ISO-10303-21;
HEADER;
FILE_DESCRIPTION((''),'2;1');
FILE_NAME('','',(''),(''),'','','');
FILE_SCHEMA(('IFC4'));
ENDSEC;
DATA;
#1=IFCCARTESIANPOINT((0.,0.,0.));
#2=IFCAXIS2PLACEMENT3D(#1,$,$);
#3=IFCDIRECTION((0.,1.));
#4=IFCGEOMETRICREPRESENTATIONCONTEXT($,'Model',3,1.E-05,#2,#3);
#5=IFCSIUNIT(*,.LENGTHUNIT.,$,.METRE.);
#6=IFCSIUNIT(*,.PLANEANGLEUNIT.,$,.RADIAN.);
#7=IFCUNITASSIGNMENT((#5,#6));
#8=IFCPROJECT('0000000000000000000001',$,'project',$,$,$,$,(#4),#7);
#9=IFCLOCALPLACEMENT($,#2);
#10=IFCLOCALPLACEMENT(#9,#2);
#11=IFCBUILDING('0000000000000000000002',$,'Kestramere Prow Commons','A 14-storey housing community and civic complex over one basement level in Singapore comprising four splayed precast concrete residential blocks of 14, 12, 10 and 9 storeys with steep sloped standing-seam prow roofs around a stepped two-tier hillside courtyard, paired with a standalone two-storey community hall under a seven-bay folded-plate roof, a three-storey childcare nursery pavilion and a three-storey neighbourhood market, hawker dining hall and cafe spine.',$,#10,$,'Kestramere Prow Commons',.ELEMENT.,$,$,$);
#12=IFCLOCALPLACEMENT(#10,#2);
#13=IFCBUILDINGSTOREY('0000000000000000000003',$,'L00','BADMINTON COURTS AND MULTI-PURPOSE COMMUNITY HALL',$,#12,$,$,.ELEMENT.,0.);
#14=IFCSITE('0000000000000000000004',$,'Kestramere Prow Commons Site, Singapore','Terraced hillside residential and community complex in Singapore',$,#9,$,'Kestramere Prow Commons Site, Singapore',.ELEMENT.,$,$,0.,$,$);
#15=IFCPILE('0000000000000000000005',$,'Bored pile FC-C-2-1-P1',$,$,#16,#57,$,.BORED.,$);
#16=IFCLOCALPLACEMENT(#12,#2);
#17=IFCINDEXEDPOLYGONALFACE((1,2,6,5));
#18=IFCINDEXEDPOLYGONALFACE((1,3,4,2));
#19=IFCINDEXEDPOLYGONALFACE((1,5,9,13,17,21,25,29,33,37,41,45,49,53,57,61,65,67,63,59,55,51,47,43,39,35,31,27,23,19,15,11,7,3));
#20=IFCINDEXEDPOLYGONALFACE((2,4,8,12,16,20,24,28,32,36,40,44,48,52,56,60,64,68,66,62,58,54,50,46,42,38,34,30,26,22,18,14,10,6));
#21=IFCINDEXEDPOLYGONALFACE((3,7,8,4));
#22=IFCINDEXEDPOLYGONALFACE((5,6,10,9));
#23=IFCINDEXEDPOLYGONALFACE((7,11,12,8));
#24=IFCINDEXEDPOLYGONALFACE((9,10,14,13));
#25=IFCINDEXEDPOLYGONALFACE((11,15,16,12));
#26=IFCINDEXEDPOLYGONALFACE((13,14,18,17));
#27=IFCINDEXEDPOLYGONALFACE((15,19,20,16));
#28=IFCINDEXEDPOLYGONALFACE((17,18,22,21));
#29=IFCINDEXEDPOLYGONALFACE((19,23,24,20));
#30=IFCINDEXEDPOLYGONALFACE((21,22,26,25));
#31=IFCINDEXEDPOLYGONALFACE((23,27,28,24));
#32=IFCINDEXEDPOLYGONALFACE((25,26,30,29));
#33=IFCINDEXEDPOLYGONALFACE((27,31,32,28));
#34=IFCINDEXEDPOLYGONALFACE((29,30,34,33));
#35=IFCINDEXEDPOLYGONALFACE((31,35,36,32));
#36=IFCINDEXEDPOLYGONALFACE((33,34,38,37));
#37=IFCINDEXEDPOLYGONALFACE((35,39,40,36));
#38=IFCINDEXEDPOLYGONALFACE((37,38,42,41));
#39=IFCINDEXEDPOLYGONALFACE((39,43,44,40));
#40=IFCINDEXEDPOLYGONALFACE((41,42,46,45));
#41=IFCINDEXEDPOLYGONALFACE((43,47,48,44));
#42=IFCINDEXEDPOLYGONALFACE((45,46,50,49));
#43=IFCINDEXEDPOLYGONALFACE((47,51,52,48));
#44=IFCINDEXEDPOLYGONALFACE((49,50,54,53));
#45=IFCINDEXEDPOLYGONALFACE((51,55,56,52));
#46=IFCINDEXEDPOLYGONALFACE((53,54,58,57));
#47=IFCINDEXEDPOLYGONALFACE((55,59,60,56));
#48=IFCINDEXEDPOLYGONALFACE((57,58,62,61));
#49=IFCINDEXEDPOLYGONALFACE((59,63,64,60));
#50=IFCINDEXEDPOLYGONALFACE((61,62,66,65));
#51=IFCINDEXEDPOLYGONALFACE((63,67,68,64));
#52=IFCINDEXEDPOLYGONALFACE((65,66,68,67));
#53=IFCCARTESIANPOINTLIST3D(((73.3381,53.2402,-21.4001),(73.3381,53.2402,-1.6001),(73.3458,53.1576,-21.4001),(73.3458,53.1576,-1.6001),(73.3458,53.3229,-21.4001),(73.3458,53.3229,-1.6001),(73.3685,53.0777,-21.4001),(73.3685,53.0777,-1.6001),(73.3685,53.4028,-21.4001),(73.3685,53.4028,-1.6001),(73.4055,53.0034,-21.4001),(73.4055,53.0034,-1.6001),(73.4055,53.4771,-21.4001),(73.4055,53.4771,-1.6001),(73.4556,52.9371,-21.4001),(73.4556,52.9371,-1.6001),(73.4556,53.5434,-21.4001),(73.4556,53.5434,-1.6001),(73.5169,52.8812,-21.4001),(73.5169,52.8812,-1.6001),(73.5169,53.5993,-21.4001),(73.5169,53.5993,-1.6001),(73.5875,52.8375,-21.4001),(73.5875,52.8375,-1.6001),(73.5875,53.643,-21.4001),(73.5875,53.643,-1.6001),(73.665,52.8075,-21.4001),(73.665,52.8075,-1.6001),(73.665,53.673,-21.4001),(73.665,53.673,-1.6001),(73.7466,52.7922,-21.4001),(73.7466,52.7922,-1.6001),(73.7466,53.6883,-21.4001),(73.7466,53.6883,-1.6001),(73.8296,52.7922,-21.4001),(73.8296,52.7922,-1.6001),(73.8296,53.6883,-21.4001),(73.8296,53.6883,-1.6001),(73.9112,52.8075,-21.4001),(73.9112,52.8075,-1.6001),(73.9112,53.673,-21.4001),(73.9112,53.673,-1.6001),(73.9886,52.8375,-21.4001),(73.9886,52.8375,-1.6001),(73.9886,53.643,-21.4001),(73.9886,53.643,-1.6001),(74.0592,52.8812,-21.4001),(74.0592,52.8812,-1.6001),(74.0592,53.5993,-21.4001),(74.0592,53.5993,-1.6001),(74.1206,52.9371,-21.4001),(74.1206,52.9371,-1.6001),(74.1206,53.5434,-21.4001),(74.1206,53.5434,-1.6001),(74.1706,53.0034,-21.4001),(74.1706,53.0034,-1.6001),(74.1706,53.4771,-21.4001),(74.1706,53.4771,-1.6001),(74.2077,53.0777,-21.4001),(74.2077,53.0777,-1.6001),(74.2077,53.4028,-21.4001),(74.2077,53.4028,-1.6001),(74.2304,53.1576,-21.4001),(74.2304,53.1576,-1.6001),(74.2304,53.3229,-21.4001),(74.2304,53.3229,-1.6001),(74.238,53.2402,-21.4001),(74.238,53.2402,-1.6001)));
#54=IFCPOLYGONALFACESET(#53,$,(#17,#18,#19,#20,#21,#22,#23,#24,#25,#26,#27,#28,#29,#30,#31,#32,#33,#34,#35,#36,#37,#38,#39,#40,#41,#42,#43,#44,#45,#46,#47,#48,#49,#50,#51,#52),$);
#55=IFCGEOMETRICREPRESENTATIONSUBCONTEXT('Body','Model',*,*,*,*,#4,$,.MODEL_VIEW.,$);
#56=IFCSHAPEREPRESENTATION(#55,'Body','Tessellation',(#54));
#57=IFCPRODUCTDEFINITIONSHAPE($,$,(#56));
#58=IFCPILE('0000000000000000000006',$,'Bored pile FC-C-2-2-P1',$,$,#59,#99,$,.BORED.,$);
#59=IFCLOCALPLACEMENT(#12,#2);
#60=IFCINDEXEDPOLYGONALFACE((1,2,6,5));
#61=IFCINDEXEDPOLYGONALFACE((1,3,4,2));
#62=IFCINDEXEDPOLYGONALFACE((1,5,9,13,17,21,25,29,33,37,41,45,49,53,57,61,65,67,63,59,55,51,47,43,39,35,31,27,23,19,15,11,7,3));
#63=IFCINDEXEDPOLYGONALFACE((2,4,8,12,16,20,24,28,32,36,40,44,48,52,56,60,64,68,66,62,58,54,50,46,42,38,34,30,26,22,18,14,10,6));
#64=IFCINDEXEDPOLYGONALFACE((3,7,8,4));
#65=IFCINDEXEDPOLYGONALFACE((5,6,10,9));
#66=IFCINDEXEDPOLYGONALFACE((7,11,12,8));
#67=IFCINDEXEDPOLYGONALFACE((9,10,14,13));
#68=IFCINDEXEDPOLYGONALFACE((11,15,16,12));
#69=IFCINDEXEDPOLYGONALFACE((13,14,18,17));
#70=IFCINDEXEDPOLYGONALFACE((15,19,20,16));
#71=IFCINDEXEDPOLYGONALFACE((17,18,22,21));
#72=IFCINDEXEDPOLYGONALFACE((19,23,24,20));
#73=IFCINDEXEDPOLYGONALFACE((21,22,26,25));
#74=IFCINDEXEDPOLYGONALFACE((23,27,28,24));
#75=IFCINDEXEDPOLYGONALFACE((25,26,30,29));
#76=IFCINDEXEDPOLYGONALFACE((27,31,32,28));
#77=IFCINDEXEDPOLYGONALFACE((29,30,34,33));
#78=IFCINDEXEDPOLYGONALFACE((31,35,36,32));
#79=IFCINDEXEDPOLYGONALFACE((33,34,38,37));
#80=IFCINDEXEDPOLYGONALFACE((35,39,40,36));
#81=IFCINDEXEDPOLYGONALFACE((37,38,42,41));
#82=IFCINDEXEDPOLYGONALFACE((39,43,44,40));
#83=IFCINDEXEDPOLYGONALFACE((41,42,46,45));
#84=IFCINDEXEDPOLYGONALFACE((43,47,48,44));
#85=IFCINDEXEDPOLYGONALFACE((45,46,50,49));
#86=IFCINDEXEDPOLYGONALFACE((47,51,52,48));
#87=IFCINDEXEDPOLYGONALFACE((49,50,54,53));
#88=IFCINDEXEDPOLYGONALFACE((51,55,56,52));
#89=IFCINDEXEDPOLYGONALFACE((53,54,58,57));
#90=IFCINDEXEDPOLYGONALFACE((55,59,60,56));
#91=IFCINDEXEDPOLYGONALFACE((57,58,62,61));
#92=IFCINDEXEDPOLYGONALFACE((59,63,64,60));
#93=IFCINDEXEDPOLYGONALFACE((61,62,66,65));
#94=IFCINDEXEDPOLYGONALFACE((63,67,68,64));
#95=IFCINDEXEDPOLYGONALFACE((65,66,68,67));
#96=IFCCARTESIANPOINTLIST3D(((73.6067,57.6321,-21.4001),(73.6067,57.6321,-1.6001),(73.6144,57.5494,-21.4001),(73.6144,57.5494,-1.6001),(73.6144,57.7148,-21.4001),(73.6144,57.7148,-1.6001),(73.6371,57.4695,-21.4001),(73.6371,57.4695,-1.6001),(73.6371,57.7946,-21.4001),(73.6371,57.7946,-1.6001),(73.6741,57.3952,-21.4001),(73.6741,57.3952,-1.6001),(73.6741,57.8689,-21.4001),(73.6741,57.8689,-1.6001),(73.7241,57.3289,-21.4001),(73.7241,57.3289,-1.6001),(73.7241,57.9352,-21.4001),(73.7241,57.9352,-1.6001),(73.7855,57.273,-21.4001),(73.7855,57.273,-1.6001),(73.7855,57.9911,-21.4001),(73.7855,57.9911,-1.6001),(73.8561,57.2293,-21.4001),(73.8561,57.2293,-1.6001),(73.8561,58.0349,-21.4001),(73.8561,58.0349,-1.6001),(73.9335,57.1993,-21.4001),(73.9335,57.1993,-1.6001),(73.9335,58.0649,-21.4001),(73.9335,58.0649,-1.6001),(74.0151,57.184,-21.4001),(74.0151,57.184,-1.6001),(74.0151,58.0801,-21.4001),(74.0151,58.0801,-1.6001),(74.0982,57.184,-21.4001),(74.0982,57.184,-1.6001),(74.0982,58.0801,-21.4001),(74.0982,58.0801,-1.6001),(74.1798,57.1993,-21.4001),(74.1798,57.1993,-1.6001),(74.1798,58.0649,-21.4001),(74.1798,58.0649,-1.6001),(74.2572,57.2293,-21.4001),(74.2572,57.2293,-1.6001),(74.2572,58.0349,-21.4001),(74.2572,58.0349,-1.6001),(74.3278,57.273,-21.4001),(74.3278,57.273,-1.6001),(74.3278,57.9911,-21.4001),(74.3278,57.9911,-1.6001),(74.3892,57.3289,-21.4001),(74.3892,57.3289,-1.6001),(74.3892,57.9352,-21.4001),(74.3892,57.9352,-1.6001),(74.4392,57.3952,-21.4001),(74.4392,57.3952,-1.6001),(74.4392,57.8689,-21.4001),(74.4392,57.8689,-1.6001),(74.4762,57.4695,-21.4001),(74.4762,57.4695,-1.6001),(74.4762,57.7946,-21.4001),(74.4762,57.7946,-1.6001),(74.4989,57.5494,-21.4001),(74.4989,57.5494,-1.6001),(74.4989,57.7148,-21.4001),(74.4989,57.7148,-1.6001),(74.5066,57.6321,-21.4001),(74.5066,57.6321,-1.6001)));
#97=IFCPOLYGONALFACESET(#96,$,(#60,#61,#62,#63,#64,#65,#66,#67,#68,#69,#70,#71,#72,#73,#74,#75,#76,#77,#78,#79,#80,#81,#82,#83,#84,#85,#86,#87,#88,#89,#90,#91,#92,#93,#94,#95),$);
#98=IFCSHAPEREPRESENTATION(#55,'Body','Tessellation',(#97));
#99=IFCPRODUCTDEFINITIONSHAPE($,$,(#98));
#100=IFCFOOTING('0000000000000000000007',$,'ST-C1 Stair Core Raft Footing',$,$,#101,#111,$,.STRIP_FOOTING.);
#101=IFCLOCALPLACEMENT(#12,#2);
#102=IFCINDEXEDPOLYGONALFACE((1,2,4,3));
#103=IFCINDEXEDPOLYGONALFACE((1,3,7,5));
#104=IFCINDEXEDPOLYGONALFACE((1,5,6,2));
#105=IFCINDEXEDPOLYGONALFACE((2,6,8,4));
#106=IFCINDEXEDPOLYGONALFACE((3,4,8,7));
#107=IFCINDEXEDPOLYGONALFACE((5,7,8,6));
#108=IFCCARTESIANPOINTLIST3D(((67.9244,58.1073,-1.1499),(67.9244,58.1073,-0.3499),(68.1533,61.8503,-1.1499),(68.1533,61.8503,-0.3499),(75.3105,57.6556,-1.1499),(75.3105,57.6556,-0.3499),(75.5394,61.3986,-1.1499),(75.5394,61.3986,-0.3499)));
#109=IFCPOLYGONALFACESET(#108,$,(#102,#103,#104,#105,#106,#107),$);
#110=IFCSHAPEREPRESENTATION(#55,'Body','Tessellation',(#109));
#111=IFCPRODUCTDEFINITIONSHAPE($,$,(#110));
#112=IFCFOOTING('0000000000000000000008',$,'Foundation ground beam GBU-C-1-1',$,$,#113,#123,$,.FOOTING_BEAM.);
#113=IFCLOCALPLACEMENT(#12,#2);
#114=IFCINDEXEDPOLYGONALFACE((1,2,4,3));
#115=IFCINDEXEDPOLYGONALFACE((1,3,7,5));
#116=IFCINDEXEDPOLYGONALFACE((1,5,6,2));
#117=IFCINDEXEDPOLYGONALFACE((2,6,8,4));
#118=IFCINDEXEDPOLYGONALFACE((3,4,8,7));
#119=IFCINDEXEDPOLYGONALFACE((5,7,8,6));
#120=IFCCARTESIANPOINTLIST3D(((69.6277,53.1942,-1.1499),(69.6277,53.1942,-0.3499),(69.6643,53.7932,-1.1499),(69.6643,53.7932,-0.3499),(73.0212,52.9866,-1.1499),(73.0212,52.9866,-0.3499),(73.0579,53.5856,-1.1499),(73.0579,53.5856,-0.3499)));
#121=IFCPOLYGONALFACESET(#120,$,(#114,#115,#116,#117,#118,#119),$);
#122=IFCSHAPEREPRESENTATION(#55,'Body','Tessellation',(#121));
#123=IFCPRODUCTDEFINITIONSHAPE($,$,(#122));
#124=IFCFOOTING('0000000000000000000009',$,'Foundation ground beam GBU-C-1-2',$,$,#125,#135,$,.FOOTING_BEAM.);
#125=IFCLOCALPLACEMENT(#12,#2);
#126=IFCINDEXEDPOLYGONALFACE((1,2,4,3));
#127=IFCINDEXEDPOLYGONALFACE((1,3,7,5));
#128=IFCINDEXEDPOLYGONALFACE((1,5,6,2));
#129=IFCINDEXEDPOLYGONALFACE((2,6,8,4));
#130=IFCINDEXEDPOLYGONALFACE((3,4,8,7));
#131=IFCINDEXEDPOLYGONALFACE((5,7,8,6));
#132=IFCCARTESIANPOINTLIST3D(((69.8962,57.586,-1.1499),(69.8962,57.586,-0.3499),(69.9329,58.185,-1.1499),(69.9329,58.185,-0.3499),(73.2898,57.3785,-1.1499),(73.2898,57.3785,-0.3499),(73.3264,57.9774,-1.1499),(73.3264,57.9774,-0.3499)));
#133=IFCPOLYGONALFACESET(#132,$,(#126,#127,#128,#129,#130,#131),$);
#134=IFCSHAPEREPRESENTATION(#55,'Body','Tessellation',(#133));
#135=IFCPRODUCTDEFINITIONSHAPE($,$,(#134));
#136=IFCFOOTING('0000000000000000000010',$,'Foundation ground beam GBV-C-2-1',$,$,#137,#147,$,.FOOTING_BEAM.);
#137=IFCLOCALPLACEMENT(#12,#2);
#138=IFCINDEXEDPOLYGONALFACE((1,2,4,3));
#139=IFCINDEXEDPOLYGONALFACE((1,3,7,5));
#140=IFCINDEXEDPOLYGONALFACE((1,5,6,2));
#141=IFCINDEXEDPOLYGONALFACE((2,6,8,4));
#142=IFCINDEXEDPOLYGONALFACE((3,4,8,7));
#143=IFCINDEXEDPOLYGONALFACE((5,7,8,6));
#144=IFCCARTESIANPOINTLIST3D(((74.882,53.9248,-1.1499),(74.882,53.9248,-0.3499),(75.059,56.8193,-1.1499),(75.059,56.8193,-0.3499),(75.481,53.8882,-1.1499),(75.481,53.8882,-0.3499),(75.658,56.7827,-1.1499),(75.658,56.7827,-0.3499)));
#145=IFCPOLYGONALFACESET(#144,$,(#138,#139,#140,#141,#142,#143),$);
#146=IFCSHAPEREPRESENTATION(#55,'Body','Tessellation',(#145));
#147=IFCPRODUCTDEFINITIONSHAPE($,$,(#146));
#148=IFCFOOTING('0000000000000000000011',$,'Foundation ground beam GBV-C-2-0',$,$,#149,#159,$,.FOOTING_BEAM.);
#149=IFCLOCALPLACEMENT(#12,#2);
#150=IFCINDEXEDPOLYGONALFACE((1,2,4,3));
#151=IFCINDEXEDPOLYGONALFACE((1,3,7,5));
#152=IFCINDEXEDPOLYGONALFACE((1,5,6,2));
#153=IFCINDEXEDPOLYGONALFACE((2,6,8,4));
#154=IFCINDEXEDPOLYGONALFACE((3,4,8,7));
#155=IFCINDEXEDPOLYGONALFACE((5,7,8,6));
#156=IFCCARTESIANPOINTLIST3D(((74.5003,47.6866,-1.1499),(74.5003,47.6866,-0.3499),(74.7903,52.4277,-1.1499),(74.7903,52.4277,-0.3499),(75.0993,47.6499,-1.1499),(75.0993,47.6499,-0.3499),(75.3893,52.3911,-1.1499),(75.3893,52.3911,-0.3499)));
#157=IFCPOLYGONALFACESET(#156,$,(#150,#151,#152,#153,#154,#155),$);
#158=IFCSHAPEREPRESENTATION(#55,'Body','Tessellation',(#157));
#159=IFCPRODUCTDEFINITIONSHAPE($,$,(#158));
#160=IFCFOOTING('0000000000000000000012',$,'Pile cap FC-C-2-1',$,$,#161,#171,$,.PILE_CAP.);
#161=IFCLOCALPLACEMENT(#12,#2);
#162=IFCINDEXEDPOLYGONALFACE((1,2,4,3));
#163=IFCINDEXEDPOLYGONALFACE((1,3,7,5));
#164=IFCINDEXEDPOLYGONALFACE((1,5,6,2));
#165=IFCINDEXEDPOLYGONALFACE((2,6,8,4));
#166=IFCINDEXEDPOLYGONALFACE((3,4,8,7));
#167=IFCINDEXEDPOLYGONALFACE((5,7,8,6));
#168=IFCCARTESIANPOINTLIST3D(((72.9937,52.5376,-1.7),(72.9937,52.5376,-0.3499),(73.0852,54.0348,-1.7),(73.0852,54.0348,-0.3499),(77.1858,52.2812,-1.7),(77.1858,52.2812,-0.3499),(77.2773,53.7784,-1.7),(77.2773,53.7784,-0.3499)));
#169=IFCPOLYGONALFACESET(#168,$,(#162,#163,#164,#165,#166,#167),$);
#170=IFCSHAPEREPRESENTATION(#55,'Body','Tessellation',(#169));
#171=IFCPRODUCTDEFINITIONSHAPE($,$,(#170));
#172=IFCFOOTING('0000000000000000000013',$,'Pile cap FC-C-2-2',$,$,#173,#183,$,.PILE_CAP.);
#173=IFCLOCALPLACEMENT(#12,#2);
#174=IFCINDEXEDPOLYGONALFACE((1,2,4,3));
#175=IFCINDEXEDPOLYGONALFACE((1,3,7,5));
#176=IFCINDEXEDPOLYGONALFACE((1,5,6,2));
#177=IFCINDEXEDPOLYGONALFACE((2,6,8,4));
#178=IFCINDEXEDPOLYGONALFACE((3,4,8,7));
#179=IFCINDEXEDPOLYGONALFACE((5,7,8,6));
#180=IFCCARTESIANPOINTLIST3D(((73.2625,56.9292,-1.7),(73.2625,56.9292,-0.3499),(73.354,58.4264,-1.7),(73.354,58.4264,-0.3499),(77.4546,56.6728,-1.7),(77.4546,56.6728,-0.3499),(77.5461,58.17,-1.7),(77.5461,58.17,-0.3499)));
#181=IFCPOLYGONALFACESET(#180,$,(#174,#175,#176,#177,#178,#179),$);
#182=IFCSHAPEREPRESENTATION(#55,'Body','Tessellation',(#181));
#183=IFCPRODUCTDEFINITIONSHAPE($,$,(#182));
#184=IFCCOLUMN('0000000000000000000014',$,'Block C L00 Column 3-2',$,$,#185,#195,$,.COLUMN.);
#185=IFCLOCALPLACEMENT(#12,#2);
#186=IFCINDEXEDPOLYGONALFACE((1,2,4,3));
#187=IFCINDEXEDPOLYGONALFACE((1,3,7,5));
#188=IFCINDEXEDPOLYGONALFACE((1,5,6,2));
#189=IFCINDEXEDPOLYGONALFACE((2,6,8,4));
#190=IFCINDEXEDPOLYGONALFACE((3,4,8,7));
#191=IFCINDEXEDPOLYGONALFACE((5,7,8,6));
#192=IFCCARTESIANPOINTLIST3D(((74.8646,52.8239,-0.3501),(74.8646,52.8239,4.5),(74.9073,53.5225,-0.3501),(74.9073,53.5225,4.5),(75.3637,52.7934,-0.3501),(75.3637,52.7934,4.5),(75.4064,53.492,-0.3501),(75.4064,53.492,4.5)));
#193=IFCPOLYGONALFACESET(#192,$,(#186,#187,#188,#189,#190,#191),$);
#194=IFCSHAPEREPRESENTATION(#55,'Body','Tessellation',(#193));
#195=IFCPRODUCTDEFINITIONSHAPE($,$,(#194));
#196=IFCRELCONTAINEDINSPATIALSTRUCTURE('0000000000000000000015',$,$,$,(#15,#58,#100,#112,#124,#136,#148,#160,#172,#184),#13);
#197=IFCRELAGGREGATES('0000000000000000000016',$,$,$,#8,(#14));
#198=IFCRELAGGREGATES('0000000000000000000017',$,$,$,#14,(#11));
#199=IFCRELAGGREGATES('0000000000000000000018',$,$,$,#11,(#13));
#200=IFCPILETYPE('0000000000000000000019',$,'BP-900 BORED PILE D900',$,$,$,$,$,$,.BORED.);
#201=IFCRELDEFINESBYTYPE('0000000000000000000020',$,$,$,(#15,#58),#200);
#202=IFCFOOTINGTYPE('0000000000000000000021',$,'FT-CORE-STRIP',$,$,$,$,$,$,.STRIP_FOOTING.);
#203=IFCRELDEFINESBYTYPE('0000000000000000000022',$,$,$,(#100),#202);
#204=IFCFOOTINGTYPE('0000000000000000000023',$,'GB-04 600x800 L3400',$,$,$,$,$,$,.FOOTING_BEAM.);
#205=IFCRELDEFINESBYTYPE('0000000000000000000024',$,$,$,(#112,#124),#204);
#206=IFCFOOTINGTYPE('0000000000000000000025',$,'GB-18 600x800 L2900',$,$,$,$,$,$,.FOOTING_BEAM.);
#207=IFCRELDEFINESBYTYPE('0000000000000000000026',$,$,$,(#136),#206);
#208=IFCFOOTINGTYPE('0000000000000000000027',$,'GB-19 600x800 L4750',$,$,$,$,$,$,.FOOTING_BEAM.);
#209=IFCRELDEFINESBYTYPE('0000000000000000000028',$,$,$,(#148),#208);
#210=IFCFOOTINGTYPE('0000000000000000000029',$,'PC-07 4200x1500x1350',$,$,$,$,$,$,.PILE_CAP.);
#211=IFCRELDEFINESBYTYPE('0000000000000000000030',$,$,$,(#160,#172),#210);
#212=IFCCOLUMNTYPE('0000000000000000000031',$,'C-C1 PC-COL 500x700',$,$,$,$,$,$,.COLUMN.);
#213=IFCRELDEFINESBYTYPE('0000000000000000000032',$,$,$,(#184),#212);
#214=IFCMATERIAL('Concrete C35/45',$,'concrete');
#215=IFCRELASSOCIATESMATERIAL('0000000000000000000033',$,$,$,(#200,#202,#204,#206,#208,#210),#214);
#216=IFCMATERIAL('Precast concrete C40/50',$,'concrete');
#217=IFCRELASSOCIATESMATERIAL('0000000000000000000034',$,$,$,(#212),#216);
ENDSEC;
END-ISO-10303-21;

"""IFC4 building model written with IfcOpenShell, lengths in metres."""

from ifc_helpers import new_model, si_unit, direction, frame, origin, origin_2d, place, context, subcontext, project, spatial, rectangle, circle, extrude, material, material_profile, profile_set, type_object, element, save


model = new_model("IFC4")

# Units and contexts
model_context = context("Model", 3, precision=1e-05, world=origin(), true_north=direction((0.0, 1.0)))
body_context = subcontext(model_context, "Body", "Model", "MODEL_VIEW")
ifc_project = project(units=[si_unit("LENGTHUNIT", "METRE"), si_unit("PLANEANGLEUNIT", "RADIAN")], contexts=[model_context])

# Site, building, storey
site_placement = place(None, origin())
site = spatial("IfcSite", under=ifc_project, at=site_placement, Name="Kestramere Prow Commons Site, Singapore", Description="Terraced hillside residential and community complex in Singapore", LongName="Kestramere Prow Commons Site, Singapore", CompositionType="ELEMENT", RefElevation=0.0)
building_placement = place(site_placement, origin())
building = spatial("IfcBuilding", under=site, at=building_placement, Name="Kestramere Prow Commons", Description="A 14-storey housing community and civic complex over one basement level in Singapore comprising four splayed precast concrete residential blocks of 14, 12, 10 and 9 storeys with steep sloped standing-seam prow roofs around a stepped two-tier hillside courtyard, paired with a standalone two-storey community hall under a seven-bay folded-plate roof, a three-storey childcare nursery pavilion and a three-storey neighbourhood market, hawker dining hall and cafe spine.", LongName="Kestramere Prow Commons", CompositionType="ELEMENT")
storey_placement = place(building_placement, origin())
storey = spatial("IfcBuildingStorey", under=building, at=storey_placement, Name="L00", Description="BADMINTON COURTS AND MULTI-PURPOSE COMMUNITY HALL", CompositionType="ELEMENT", Elevation=0.0)

# Piles
ifc_material_1 = material(Name="Concrete C35/45", Category="concrete")
ifc_material_profile_1 = material_profile(ifc_material_1, circle(Radius=0.45, at=origin_2d()), Name="BORED PILE D900")
ifc_profile_set_1 = profile_set([ifc_material_profile_1], Name="Concrete C35/45")
pile_type = type_object("IfcPileType", Name="BP-900 BORED PILE D900", PredefinedType="BORED", material=ifc_profile_set_1)
for number, where, z_axis, x_axis, name in (
    (1, (73.7881, 53.2402, -1.6001), (0.0, 0.0, -1.0), (1.0, 0.0, 0.0), "Bored pile FC-C-2-1-P1"),
    (2, (74.0566, 57.6321, -1.6001), (0.0, 0.0, -1.0), (1.0, 0.0, 0.0), "Bored pile FC-C-2-2-P1"),
):
    element("IfcPile", number, at=place(storey_placement, frame(where, z_axis=z_axis, x_axis=x_axis)), inside=storey, type_object=pile_type, Name=name, PredefinedType="BORED", context=body_context, shape_type="SweptSolid", body=[
        extrude(circle(Radius=0.45, at=origin_2d()), origin(), (0.0, 0.0, 1.0), 19.8),
    ])

# Footings
footing_type_1 = type_object("IfcFootingType", Name="FT-CORE-STRIP", PredefinedType="STRIP_FOOTING", material=ifc_material_1)
footing_1_placement = place(storey_placement, frame((71.7319, 59.7529, -1.1499), z_axis=(0.0, 0.0, 1.0), x_axis=(0.998135, -0.061049, 0.0)))
element("IfcFooting", 3, at=footing_1_placement, inside=storey, type_object=footing_type_1, Name="ST-C1 Stair Core Raft Footing", PredefinedType="STRIP_FOOTING", context=body_context, shape_type="SweptSolid", body=[
    extrude(rectangle(XDim=7.3999, YDim=3.75, at=origin_2d()), origin(), (0.0, 0.0, 1.0), 0.8),
])
footing_type_2 = type_object("IfcFootingType", Name="GB-04 600x800 L3400", PredefinedType="FOOTING_BEAM", material=ifc_material_1)
for number, where, z_axis, x_axis, name in (
    (4, (71.3428, 53.3899, -1.1499), (0.0, 0.0, 1.0), (0.998135, -0.061049, 0.0), "Foundation ground beam GBU-C-1-1"),
    (5, (71.6113, 57.7817, -1.1499), (0.0, 0.0, 1.0), (0.998135, -0.061049, 0.0), "Foundation ground beam GBU-C-1-2"),
):
    element("IfcFooting", number, at=place(storey_placement, frame(where, z_axis=z_axis, x_axis=x_axis)), inside=storey, type_object=footing_type_2, Name=name, PredefinedType="FOOTING_BEAM", context=body_context, shape_type="SweptSolid", body=[
        extrude(rectangle(XDim=3.3999, YDim=0.6001, at=origin_2d()), origin(), (0.0, 0.0, 1.0), 0.8),
    ])
footing_type_3 = type_object("IfcFootingType", Name="GB-18 600x800 L2900", PredefinedType="FOOTING_BEAM", material=ifc_material_1)
footing_2_placement = place(storey_placement, frame((75.27, 55.3538, -1.1499), z_axis=(0.0, 0.0, 1.0), x_axis=(0.061049, 0.998135, 0.0)))
element("IfcFooting", 6, at=footing_2_placement, inside=storey, type_object=footing_type_3, Name="Foundation ground beam GBV-C-2-1", PredefinedType="FOOTING_BEAM", context=body_context, shape_type="SweptSolid", body=[
    extrude(rectangle(XDim=2.8999, YDim=0.6001, at=origin_2d()), origin(), (0.0, 0.0, 1.0), 0.8),
])
footing_type_4 = type_object("IfcFootingType", Name="GB-19 600x800 L4750", PredefinedType="FOOTING_BEAM", material=ifc_material_1)
footing_3_placement = place(storey_placement, frame((74.9448, 50.0388, -1.1499), z_axis=(0.0, 0.0, 1.0), x_axis=(0.061049, 0.998135, 0.0)))
element("IfcFooting", 7, at=footing_3_placement, inside=storey, type_object=footing_type_4, Name="Foundation ground beam GBV-C-2-0", PredefinedType="FOOTING_BEAM", context=body_context, shape_type="SweptSolid", body=[
    extrude(rectangle(XDim=4.75, YDim=0.6001, at=origin_2d()), origin(), (0.0, 0.0, 1.0), 0.8),
])
footing_type_5 = type_object("IfcFootingType", Name="PC-07 4200x1500x1350", PredefinedType="PILE_CAP", material=ifc_material_1)
for number, where, z_axis, x_axis, name in (
    (8, (75.1355, 53.158, -1.7), (0.0, 0.0, 1.0), (0.998135, -0.061049, 0.0), "Pile cap FC-C-2-1"),
    (9, (75.4043, 57.5496, -1.7), (0.0, 0.0, 1.0), (0.998135, -0.061049, 0.0), "Pile cap FC-C-2-2"),
):
    element("IfcFooting", number, at=place(storey_placement, frame(where, z_axis=z_axis, x_axis=x_axis)), inside=storey, type_object=footing_type_5, Name=name, PredefinedType="PILE_CAP", context=body_context, shape_type="SweptSolid", body=[
        extrude(rectangle(XDim=4.2, YDim=1.5, at=origin_2d()), origin(), (0.0, 0.0, 1.0), 1.3501),
    ])

# Column
ifc_material_2 = material(Name="Precast concrete C40/50", Category="concrete")
ifc_material_profile_2 = material_profile(ifc_material_2, rectangle(XDim=0.5, YDim=0.7, at=origin_2d()), Name="PC-COL 500x700")
ifc_profile_set_2 = profile_set([ifc_material_profile_2], Name="Precast concrete C40/50")
column_type = type_object("IfcColumnType", Name="C-C1 PC-COL 500x700", PredefinedType="COLUMN", material=ifc_profile_set_2)
for number, where, z_axis, x_axis, name in (
    (10, (75.1355, 53.158, -0.3501), (0.0, 0.0, 1.0), (0.998135, -0.061049, 0.0), "Block C L00 Column 3-2"),
):
    element("IfcColumn", number, at=place(storey_placement, frame(where, z_axis=z_axis, x_axis=x_axis)), inside=storey, type_object=column_type, Name=name, PredefinedType="COLUMN", context=body_context, shape_type="SweptSolid", body=[
        extrude(rectangle(XDim=0.5, YDim=0.7, at=origin_2d()), origin(), (0.0, 0.0, 1.0), 4.8501),
    ])

save(model, "model.ifc")
